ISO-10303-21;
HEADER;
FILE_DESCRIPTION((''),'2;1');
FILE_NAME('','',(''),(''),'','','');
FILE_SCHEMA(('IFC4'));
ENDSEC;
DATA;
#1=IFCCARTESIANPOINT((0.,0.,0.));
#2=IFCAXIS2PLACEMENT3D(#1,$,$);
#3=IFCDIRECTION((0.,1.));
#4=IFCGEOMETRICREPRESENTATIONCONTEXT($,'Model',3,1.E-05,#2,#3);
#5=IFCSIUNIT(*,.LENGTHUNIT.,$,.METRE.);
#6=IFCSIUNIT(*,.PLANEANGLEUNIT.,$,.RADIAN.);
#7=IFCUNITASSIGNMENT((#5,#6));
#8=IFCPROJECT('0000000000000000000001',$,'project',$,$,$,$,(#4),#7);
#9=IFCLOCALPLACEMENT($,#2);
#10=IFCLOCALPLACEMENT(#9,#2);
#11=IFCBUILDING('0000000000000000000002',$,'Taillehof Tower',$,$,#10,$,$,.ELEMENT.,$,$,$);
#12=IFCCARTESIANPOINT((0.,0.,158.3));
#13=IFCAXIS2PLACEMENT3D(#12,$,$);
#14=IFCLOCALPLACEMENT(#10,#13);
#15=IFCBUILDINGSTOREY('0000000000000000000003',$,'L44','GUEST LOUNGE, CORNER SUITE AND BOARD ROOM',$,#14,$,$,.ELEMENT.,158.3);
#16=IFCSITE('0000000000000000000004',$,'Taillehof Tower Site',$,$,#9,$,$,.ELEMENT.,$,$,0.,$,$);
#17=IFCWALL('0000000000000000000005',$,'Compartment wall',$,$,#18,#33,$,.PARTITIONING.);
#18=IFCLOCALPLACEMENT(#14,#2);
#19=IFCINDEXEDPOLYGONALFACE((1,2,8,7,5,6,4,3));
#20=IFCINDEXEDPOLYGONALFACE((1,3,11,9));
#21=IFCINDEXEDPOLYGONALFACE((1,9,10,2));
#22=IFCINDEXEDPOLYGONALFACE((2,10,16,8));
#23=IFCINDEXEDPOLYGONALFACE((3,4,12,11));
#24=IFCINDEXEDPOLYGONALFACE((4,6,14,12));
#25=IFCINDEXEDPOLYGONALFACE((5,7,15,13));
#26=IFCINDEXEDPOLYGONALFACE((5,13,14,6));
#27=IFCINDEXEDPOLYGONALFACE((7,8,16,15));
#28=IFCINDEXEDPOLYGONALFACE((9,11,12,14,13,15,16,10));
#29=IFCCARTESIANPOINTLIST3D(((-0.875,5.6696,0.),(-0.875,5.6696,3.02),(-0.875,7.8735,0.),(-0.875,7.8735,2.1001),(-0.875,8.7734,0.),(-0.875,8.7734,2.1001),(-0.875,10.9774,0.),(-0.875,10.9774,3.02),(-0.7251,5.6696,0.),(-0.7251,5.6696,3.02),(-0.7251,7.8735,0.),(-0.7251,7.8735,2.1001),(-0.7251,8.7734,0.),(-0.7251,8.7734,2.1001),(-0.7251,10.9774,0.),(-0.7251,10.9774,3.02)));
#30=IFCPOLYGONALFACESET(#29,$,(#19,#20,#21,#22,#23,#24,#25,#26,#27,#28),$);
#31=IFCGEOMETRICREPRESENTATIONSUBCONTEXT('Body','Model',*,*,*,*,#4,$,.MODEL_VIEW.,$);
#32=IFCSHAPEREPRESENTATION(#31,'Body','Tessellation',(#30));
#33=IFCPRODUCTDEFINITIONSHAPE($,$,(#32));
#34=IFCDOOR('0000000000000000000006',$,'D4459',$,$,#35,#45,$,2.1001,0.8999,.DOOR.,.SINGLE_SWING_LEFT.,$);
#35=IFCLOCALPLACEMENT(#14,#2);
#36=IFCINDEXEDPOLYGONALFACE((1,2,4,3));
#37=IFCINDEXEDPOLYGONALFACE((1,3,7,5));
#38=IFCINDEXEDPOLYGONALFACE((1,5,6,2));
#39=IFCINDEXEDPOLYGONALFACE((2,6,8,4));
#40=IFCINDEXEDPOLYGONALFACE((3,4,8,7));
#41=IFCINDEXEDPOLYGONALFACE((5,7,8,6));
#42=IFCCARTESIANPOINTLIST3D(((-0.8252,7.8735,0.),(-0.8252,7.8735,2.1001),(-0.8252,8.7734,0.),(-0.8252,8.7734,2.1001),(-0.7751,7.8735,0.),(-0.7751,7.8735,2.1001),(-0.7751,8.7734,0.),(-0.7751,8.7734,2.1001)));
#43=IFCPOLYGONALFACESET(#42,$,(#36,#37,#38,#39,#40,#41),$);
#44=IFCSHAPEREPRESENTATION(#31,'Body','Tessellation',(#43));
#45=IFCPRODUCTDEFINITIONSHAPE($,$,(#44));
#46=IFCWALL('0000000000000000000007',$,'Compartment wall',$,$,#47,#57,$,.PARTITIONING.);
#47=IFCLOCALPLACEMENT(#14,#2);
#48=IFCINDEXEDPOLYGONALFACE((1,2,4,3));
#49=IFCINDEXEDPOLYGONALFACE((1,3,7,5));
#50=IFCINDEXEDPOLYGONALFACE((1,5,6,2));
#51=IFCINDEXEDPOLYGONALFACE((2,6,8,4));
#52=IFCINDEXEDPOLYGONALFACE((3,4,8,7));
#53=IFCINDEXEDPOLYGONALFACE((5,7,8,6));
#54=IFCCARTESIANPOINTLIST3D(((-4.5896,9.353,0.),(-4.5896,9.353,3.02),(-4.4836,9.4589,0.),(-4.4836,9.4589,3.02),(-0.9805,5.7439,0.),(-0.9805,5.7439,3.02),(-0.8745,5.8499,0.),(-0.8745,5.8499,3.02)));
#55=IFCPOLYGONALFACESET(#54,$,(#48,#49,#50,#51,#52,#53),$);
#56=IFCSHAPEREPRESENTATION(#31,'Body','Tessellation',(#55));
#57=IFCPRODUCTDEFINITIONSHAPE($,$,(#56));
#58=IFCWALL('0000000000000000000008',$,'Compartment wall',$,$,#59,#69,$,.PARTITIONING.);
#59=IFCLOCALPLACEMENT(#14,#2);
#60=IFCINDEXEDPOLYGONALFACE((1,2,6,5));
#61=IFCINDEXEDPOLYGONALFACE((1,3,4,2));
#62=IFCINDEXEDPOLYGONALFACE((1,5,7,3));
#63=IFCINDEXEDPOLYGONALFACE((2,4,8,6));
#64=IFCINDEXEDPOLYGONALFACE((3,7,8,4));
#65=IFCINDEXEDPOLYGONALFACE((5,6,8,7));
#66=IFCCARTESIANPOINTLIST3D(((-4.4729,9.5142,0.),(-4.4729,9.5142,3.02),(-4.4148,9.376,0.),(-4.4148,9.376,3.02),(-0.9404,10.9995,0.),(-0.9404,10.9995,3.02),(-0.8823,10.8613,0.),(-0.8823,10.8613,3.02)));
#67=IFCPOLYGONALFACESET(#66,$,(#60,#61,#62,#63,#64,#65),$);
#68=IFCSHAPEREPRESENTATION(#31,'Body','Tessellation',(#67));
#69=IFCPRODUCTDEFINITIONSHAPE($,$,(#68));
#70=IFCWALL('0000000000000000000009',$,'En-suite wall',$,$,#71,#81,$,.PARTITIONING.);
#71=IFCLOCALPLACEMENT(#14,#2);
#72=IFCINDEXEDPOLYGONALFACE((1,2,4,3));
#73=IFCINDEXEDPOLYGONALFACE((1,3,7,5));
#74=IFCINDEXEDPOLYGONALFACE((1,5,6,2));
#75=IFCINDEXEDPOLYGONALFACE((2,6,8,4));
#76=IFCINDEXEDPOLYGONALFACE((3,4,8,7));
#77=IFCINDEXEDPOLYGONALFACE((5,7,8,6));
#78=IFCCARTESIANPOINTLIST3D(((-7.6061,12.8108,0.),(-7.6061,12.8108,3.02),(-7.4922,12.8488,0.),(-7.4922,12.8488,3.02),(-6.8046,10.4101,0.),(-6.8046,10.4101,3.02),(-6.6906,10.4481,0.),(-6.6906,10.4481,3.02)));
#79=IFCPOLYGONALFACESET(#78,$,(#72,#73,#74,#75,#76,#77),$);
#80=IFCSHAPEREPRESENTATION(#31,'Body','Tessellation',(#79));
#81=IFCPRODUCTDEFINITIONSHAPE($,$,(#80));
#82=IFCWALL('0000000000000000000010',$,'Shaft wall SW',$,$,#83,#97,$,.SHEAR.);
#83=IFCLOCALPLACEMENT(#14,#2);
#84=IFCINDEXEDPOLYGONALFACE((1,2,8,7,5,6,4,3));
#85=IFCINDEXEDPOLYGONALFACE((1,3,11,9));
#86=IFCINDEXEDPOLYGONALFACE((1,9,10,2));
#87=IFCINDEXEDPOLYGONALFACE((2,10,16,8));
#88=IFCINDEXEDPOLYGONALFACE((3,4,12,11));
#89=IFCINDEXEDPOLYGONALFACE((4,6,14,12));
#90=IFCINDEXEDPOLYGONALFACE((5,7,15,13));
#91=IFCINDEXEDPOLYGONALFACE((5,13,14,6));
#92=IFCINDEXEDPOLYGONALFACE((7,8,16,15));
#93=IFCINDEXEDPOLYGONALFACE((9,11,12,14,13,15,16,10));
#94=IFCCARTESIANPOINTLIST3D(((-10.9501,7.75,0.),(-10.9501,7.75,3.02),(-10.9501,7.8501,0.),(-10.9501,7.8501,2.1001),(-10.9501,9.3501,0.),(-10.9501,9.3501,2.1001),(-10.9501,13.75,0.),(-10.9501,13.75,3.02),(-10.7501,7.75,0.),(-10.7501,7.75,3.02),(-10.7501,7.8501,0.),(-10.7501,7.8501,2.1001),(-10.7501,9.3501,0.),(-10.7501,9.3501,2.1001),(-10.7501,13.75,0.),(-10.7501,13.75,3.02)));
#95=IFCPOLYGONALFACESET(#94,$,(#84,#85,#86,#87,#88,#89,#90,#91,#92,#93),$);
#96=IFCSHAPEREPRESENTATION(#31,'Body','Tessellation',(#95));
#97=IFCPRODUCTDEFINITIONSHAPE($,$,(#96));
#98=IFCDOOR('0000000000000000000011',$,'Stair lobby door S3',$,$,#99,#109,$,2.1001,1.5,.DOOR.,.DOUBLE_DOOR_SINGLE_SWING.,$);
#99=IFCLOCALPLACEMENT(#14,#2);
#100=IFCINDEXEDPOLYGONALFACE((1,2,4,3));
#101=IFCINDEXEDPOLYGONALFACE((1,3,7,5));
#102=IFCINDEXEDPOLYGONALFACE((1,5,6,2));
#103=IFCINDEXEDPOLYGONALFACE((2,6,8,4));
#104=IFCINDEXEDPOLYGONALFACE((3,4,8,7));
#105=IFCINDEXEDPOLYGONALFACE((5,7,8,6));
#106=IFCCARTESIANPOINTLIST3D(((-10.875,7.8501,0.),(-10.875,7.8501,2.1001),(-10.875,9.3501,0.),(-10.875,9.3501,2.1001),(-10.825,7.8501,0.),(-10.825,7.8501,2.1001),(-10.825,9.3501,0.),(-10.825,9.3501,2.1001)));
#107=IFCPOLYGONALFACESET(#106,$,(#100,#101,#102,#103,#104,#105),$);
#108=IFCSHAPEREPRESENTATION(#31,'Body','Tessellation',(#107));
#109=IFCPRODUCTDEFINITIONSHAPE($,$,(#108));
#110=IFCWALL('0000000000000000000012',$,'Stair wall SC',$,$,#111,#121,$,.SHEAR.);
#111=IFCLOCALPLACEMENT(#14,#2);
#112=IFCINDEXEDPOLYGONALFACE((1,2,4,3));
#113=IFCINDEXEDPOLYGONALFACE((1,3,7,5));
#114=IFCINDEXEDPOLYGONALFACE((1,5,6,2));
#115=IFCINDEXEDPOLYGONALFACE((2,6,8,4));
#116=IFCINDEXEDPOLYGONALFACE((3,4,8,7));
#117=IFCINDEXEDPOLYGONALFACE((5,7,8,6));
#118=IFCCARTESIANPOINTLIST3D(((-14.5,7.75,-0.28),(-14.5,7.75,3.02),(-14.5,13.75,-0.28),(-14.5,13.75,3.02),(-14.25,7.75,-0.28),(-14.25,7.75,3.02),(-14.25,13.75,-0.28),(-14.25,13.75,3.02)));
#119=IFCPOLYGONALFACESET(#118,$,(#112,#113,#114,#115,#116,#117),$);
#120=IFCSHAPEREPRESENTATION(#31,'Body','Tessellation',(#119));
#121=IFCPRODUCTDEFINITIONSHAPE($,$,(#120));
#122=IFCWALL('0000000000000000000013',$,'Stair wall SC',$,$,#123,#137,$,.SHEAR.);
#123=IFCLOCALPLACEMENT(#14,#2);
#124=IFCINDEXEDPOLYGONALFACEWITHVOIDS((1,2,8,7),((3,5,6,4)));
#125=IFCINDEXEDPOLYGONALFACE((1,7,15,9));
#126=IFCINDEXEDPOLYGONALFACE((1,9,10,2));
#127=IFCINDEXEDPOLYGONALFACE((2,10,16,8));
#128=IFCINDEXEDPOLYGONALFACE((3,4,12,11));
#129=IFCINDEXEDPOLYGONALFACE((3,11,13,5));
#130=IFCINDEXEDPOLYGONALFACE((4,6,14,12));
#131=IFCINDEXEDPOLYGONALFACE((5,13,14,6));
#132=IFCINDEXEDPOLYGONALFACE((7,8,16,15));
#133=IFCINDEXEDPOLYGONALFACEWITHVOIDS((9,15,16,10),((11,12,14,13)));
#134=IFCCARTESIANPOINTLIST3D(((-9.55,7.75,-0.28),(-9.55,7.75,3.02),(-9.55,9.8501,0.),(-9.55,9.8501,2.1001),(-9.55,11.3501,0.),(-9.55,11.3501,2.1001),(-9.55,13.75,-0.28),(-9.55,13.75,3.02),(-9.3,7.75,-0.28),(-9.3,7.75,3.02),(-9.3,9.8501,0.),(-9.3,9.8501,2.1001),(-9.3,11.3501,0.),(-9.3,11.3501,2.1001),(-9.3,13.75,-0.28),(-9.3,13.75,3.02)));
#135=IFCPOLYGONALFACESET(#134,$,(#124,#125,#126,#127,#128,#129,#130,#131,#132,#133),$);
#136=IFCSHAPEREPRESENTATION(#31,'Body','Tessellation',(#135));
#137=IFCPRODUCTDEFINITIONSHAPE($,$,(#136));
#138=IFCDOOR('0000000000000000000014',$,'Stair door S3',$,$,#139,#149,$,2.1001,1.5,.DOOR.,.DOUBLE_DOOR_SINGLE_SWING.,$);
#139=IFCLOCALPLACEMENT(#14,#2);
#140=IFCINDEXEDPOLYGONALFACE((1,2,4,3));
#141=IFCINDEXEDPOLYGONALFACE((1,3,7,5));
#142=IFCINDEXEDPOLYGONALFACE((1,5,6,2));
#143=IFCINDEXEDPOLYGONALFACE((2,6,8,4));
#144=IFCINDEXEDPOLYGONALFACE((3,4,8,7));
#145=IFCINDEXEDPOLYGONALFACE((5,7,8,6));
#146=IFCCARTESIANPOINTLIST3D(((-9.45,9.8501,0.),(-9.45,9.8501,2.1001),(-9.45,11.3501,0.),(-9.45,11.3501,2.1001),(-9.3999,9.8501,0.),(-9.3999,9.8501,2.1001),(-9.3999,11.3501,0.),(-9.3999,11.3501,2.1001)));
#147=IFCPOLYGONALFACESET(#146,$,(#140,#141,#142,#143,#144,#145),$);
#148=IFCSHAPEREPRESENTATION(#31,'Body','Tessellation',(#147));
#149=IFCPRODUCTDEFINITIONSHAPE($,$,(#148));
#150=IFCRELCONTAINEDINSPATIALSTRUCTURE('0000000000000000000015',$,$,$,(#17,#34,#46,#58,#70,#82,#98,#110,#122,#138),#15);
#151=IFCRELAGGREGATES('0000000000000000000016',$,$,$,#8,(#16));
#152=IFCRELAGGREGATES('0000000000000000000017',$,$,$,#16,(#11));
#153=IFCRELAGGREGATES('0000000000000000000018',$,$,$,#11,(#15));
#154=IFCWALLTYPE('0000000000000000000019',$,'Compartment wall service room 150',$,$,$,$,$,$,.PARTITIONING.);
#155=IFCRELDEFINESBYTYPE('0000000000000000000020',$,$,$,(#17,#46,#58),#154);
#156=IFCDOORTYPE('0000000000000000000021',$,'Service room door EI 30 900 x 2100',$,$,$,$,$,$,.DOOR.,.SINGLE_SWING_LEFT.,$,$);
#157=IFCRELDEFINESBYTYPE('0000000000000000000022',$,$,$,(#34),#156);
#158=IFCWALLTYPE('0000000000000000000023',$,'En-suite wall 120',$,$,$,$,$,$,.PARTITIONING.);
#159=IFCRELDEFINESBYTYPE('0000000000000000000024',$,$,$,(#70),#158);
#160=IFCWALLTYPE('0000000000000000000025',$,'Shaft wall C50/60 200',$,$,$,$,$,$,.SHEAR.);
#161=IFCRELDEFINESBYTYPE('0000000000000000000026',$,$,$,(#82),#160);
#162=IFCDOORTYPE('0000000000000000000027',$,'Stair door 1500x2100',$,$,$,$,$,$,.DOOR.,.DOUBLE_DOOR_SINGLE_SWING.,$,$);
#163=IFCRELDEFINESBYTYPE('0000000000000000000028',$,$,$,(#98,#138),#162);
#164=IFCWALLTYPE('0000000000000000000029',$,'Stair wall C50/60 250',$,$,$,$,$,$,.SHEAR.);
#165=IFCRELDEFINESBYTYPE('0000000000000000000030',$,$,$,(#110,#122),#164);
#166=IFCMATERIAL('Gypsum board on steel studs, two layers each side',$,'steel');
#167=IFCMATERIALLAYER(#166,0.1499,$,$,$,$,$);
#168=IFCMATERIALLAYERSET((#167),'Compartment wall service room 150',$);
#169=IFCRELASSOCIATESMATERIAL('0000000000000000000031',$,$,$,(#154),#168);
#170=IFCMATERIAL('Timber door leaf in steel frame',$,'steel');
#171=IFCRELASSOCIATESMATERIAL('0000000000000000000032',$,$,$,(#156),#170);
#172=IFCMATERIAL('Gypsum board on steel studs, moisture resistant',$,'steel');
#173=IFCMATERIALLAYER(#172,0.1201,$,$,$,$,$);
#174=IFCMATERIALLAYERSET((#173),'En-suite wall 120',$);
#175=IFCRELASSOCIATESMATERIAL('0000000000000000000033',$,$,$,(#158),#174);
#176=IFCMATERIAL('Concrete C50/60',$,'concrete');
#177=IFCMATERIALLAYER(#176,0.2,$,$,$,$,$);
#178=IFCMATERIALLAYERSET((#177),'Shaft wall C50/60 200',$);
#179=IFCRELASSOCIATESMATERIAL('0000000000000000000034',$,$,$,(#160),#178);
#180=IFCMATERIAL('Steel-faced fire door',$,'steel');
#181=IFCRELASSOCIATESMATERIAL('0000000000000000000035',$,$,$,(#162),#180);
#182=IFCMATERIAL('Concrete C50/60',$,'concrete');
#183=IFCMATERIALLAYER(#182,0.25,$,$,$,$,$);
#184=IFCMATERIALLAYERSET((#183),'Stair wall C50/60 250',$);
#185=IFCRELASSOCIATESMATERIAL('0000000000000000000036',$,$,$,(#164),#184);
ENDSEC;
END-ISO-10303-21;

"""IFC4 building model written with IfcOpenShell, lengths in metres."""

from ifc_helpers import new_model, si_unit, direction, frame, frame_2d, origin, place, context, subcontext, project, spatial, rectangle, extrude, material, layer, layer_set, type_object, element, fill, save


model = new_model("IFC4")

# Units and contexts
model_context = context("Model", 3, precision=1e-05, world=origin(), true_north=direction((0.0, 1.0)))
body_context = subcontext(model_context, "Body", "Model", "MODEL_VIEW")
ifc_project = project(units=[si_unit("LENGTHUNIT", "METRE"), si_unit("PLANEANGLEUNIT", "RADIAN")], contexts=[model_context])

# Site, building, storey
site_placement = place(None, origin())
site = spatial("IfcSite", under=ifc_project, at=site_placement, Name="Taillehof Tower Site", CompositionType="ELEMENT", RefElevation=0.0)
building_placement = place(site_placement, origin())
building = spatial("IfcBuilding", under=site, at=building_placement, Name="Taillehof Tower", CompositionType="ELEMENT")
storey_placement = place(building_placement, frame((0.0, 0.0, 158.3)))
storey = spatial("IfcBuildingStorey", under=building, at=storey_placement, Name="L44", Description="GUEST LOUNGE, CORNER SUITE AND BOARD ROOM", CompositionType="ELEMENT", Elevation=158.3)

# Wall, opening, door
ifc_material_1 = material(Name="Gypsum board on steel studs, two layers each side", Category="steel")
ifc_layer_1 = layer(ifc_material_1, 0.1499)
ifc_layer_set_1 = layer_set([ifc_layer_1], Name="Compartment wall service room 150")
wall_type_1 = type_object("IfcWallType", Name="Compartment wall service room 150", PredefinedType="PARTITIONING", material=ifc_layer_set_1)
wall_1_placement = place(storey_placement, frame((-0.8, 10.9773, 0.0), z_axis=(0.0, 0.0, 1.0), x_axis=(0.0, -1.0, 0.0)))
wall_1 = element("IfcWall", 1, at=wall_1_placement, inside=storey, type_object=wall_type_1, Name="Compartment wall", PredefinedType="PARTITIONING", context=body_context, shape_type="SweptSolid", body=[
    extrude(rectangle(XDim=5.3079, YDim=0.1499, at=frame_2d((2.6538, 0.0))), origin(), (0.0, 0.0, 1.0), 3.02),
])
opening_1_placement = place(wall_1_placement, frame((2.2039, 0.0, 0.0)))
opening_1 = element("IfcOpeningElement", 2, at=opening_1_placement, cuts=wall_1, PredefinedType="OPENING", context=body_context, shape_type="SweptSolid", body=[
    extrude(rectangle(XDim=0.8999, YDim=2.1001, at=frame_2d((0.45, 1.05))), frame((0.0, 0.085, 0.0), z_axis=(0.0, -1.0, 0.0), x_axis=(1.0, 0.0, 0.0)), (0.0, 0.0, 1.0), 0.1699),
])
ifc_material_2 = material(Name="Timber door leaf in steel frame", Category="steel")
door_type_1 = type_object("IfcDoorType", Name="Service room door EI 30 900 x 2100", OperationType="SINGLE_SWING_LEFT", PredefinedType="DOOR", material=ifc_material_2)
door_1_placement = place(opening_1_placement, origin())
door_1 = element("IfcDoor", 3, at=door_1_placement, inside=storey, type_object=door_type_1, Name="D4459", OperationType="SINGLE_SWING_LEFT", OverallHeight=2.1001, OverallWidth=0.8999, PredefinedType="DOOR", context=body_context, shape_type="SweptSolid", body=[
    extrude(rectangle(XDim=0.8999, YDim=2.1001, at=frame_2d((0.45, 1.05))), frame((0.0, 0.0249, 0.0), z_axis=(0.0, -1.0, 0.0), x_axis=(1.0, 0.0, 0.0)), (0.0, 0.0, 1.0), 0.05),
])
fill(opening_1, door_1)

# Walls
wall_2_placement = place(storey_placement, frame((-0.9275, 5.7969, 0.0), z_axis=(0.0, 0.0, 1.0), x_axis=(-0.707107, 0.707107, 0.0)))
element("IfcWall", 4, at=wall_2_placement, inside=storey, type_object=wall_type_1, Name="Compartment wall", PredefinedType="PARTITIONING", context=body_context, shape_type="SweptSolid", body=[
    extrude(rectangle(XDim=5.104, YDim=0.1499, at=frame_2d((2.552, 0.0))), origin(), (0.0, 0.0, 1.0), 3.02),
])
wall_3_placement = place(storey_placement, frame((-4.4438, 9.4451, 0.0), z_axis=(0.0, 0.0, 1.0), x_axis=(0.921822, 0.387613, 0.0)))
element("IfcWall", 5, at=wall_3_placement, inside=storey, type_object=wall_type_1, Name="Compartment wall", PredefinedType="PARTITIONING", context=body_context, shape_type="SweptSolid", body=[
    extrude(rectangle(XDim=3.832, YDim=0.1499, at=frame_2d((1.916, 0.0))), origin(), (0.0, 0.0, 1.0), 3.02),
])
ifc_material_3 = material(Name="Gypsum board on steel studs, moisture resistant", Category="steel")
ifc_layer_2 = layer(ifc_material_3, 0.1201)
ifc_layer_set_2 = layer_set([ifc_layer_2], Name="En-suite wall 120")
wall_type_2 = type_object("IfcWallType", Name="En-suite wall 120", PredefinedType="PARTITIONING", material=ifc_layer_set_2)
wall_4_placement = place(storey_placement, frame((-6.7476, 10.429, 0.0), z_axis=(0.0, 0.0, 1.0), x_axis=(-0.316691, 0.948529, 0.0)))
element("IfcWall", 6, at=wall_4_placement, inside=storey, type_object=wall_type_2, Name="En-suite wall", PredefinedType="PARTITIONING", context=body_context, shape_type="SweptSolid", body=[
    extrude(rectangle(XDim=2.531, YDim=0.1201, at=frame_2d((1.2656, 0.0))), origin(), (0.0, 0.0, 1.0), 3.02),
])

# Wall, opening, door
ifc_material_4 = material(Name="Concrete C50/60", Category="concrete")
ifc_layer_3 = layer(ifc_material_4, 0.2)
ifc_layer_set_3 = layer_set([ifc_layer_3], Name="Shaft wall C50/60 200")
wall_type_3 = type_object("IfcWallType", Name="Shaft wall C50/60 200", PredefinedType="SHEAR", material=ifc_layer_set_3)
wall_5_placement = place(storey_placement, frame((-10.8501, 7.75, 0.0), z_axis=(0.0, 0.0, 1.0), x_axis=(0.0, 1.0, 0.0)))
wall_5 = element("IfcWall", 7, at=wall_5_placement, inside=storey, type_object=wall_type_3, Name="Shaft wall SW", PredefinedType="SHEAR", context=body_context, shape_type="SweptSolid", body=[
    extrude(rectangle(XDim=6.0, YDim=0.2, at=frame_2d((3.0, 0.0))), origin(), (0.0, 0.0, 1.0), 3.02),
])
opening_2_placement = place(wall_5_placement, frame((0.1001, 0.0, 0.0)))
opening_2 = element("IfcOpeningElement", 8, at=opening_2_placement, cuts=wall_5, PredefinedType="OPENING", context=body_context, shape_type="SweptSolid", body=[
    extrude(rectangle(XDim=1.5, YDim=2.1001, at=frame_2d((0.75, 1.05))), frame((0.0, 0.1099, 0.0), z_axis=(0.0, -1.0, 0.0), x_axis=(1.0, 0.0, 0.0)), (0.0, 0.0, 1.0), 0.22),
])
ifc_material_5 = material(Name="Steel-faced fire door", Category="steel")
door_type_2 = type_object("IfcDoorType", Name="Stair door 1500x2100", OperationType="DOUBLE_DOOR_SINGLE_SWING", PredefinedType="DOOR", material=ifc_material_5)
door_2_placement = place(opening_2_placement, origin())
door_2 = element("IfcDoor", 9, at=door_2_placement, inside=storey, type_object=door_type_2, Name="Stair lobby door S3", OperationType="DOUBLE_DOOR_SINGLE_SWING", OverallHeight=2.1001, OverallWidth=1.5, PredefinedType="DOOR", context=body_context, shape_type="SweptSolid", body=[
    extrude(rectangle(XDim=1.5, YDim=2.1001, at=frame_2d((0.75, 1.05))), frame((0.0, 0.0249, 0.0), z_axis=(0.0, -1.0, 0.0), x_axis=(1.0, 0.0, 0.0)), (0.0, 0.0, 1.0), 0.05),
])
fill(opening_2, door_2)

# Wall
ifc_material_6 = material(Name="Concrete C50/60", Category="concrete")
ifc_layer_4 = layer(ifc_material_6, 0.25)
ifc_layer_set_4 = layer_set([ifc_layer_4], Name="Stair wall C50/60 250")
wall_type_4 = type_object("IfcWallType", Name="Stair wall C50/60 250", PredefinedType="SHEAR", material=ifc_layer_set_4)
wall_6_placement = place(storey_placement, frame((-14.375, 7.75, -0.28), z_axis=(0.0, 0.0, 1.0), x_axis=(0.0, 1.0, 0.0)))
element("IfcWall", 10, at=wall_6_placement, inside=storey, type_object=wall_type_4, Name="Stair wall SC", PredefinedType="SHEAR", context=body_context, shape_type="SweptSolid", body=[
    extrude(rectangle(XDim=6.0, YDim=0.25, at=frame_2d((3.0, 0.0))), origin(), (0.0, 0.0, 1.0), 3.3),
])

# Wall, opening, door
wall_7_placement = place(storey_placement, frame((-9.425, 7.75, -0.28), z_axis=(0.0, 0.0, 1.0), x_axis=(0.0, 1.0, 0.0)))
wall_7 = element("IfcWall", 11, at=wall_7_placement, inside=storey, type_object=wall_type_4, Name="Stair wall SC", PredefinedType="SHEAR", context=body_context, shape_type="SweptSolid", body=[
    extrude(rectangle(XDim=6.0, YDim=0.25, at=frame_2d((3.0, 0.0))), origin(), (0.0, 0.0, 1.0), 3.3),
])
opening_3_placement = place(wall_7_placement, frame((2.1001, 0.0, 0.28)))
opening_3 = element("IfcOpeningElement", 12, at=opening_3_placement, cuts=wall_7, PredefinedType="OPENING", context=body_context, shape_type="SweptSolid", body=[
    extrude(rectangle(XDim=1.5, YDim=2.1001, at=frame_2d((0.75, 1.05))), frame((0.0, 0.135, 0.0), z_axis=(0.0, -1.0, 0.0), x_axis=(1.0, 0.0, 0.0)), (0.0, 0.0, 1.0), 0.27),
])
door_3_placement = place(opening_3_placement, origin())
door_3 = element("IfcDoor", 13, at=door_3_placement, inside=storey, type_object=door_type_2, Name="Stair door S3", OperationType="DOUBLE_DOOR_SINGLE_SWING", OverallHeight=2.1001, OverallWidth=1.5, PredefinedType="DOOR", context=body_context, shape_type="SweptSolid", body=[
    extrude(rectangle(XDim=1.5, YDim=2.1001, at=frame_2d((0.75, 1.05))), frame((0.0, 0.0249, 0.0), z_axis=(0.0, -1.0, 0.0), x_axis=(1.0, 0.0, 0.0)), (0.0, 0.0, 1.0), 0.05),
])
fill(opening_3, door_3)

save(model, "model.ifc")
